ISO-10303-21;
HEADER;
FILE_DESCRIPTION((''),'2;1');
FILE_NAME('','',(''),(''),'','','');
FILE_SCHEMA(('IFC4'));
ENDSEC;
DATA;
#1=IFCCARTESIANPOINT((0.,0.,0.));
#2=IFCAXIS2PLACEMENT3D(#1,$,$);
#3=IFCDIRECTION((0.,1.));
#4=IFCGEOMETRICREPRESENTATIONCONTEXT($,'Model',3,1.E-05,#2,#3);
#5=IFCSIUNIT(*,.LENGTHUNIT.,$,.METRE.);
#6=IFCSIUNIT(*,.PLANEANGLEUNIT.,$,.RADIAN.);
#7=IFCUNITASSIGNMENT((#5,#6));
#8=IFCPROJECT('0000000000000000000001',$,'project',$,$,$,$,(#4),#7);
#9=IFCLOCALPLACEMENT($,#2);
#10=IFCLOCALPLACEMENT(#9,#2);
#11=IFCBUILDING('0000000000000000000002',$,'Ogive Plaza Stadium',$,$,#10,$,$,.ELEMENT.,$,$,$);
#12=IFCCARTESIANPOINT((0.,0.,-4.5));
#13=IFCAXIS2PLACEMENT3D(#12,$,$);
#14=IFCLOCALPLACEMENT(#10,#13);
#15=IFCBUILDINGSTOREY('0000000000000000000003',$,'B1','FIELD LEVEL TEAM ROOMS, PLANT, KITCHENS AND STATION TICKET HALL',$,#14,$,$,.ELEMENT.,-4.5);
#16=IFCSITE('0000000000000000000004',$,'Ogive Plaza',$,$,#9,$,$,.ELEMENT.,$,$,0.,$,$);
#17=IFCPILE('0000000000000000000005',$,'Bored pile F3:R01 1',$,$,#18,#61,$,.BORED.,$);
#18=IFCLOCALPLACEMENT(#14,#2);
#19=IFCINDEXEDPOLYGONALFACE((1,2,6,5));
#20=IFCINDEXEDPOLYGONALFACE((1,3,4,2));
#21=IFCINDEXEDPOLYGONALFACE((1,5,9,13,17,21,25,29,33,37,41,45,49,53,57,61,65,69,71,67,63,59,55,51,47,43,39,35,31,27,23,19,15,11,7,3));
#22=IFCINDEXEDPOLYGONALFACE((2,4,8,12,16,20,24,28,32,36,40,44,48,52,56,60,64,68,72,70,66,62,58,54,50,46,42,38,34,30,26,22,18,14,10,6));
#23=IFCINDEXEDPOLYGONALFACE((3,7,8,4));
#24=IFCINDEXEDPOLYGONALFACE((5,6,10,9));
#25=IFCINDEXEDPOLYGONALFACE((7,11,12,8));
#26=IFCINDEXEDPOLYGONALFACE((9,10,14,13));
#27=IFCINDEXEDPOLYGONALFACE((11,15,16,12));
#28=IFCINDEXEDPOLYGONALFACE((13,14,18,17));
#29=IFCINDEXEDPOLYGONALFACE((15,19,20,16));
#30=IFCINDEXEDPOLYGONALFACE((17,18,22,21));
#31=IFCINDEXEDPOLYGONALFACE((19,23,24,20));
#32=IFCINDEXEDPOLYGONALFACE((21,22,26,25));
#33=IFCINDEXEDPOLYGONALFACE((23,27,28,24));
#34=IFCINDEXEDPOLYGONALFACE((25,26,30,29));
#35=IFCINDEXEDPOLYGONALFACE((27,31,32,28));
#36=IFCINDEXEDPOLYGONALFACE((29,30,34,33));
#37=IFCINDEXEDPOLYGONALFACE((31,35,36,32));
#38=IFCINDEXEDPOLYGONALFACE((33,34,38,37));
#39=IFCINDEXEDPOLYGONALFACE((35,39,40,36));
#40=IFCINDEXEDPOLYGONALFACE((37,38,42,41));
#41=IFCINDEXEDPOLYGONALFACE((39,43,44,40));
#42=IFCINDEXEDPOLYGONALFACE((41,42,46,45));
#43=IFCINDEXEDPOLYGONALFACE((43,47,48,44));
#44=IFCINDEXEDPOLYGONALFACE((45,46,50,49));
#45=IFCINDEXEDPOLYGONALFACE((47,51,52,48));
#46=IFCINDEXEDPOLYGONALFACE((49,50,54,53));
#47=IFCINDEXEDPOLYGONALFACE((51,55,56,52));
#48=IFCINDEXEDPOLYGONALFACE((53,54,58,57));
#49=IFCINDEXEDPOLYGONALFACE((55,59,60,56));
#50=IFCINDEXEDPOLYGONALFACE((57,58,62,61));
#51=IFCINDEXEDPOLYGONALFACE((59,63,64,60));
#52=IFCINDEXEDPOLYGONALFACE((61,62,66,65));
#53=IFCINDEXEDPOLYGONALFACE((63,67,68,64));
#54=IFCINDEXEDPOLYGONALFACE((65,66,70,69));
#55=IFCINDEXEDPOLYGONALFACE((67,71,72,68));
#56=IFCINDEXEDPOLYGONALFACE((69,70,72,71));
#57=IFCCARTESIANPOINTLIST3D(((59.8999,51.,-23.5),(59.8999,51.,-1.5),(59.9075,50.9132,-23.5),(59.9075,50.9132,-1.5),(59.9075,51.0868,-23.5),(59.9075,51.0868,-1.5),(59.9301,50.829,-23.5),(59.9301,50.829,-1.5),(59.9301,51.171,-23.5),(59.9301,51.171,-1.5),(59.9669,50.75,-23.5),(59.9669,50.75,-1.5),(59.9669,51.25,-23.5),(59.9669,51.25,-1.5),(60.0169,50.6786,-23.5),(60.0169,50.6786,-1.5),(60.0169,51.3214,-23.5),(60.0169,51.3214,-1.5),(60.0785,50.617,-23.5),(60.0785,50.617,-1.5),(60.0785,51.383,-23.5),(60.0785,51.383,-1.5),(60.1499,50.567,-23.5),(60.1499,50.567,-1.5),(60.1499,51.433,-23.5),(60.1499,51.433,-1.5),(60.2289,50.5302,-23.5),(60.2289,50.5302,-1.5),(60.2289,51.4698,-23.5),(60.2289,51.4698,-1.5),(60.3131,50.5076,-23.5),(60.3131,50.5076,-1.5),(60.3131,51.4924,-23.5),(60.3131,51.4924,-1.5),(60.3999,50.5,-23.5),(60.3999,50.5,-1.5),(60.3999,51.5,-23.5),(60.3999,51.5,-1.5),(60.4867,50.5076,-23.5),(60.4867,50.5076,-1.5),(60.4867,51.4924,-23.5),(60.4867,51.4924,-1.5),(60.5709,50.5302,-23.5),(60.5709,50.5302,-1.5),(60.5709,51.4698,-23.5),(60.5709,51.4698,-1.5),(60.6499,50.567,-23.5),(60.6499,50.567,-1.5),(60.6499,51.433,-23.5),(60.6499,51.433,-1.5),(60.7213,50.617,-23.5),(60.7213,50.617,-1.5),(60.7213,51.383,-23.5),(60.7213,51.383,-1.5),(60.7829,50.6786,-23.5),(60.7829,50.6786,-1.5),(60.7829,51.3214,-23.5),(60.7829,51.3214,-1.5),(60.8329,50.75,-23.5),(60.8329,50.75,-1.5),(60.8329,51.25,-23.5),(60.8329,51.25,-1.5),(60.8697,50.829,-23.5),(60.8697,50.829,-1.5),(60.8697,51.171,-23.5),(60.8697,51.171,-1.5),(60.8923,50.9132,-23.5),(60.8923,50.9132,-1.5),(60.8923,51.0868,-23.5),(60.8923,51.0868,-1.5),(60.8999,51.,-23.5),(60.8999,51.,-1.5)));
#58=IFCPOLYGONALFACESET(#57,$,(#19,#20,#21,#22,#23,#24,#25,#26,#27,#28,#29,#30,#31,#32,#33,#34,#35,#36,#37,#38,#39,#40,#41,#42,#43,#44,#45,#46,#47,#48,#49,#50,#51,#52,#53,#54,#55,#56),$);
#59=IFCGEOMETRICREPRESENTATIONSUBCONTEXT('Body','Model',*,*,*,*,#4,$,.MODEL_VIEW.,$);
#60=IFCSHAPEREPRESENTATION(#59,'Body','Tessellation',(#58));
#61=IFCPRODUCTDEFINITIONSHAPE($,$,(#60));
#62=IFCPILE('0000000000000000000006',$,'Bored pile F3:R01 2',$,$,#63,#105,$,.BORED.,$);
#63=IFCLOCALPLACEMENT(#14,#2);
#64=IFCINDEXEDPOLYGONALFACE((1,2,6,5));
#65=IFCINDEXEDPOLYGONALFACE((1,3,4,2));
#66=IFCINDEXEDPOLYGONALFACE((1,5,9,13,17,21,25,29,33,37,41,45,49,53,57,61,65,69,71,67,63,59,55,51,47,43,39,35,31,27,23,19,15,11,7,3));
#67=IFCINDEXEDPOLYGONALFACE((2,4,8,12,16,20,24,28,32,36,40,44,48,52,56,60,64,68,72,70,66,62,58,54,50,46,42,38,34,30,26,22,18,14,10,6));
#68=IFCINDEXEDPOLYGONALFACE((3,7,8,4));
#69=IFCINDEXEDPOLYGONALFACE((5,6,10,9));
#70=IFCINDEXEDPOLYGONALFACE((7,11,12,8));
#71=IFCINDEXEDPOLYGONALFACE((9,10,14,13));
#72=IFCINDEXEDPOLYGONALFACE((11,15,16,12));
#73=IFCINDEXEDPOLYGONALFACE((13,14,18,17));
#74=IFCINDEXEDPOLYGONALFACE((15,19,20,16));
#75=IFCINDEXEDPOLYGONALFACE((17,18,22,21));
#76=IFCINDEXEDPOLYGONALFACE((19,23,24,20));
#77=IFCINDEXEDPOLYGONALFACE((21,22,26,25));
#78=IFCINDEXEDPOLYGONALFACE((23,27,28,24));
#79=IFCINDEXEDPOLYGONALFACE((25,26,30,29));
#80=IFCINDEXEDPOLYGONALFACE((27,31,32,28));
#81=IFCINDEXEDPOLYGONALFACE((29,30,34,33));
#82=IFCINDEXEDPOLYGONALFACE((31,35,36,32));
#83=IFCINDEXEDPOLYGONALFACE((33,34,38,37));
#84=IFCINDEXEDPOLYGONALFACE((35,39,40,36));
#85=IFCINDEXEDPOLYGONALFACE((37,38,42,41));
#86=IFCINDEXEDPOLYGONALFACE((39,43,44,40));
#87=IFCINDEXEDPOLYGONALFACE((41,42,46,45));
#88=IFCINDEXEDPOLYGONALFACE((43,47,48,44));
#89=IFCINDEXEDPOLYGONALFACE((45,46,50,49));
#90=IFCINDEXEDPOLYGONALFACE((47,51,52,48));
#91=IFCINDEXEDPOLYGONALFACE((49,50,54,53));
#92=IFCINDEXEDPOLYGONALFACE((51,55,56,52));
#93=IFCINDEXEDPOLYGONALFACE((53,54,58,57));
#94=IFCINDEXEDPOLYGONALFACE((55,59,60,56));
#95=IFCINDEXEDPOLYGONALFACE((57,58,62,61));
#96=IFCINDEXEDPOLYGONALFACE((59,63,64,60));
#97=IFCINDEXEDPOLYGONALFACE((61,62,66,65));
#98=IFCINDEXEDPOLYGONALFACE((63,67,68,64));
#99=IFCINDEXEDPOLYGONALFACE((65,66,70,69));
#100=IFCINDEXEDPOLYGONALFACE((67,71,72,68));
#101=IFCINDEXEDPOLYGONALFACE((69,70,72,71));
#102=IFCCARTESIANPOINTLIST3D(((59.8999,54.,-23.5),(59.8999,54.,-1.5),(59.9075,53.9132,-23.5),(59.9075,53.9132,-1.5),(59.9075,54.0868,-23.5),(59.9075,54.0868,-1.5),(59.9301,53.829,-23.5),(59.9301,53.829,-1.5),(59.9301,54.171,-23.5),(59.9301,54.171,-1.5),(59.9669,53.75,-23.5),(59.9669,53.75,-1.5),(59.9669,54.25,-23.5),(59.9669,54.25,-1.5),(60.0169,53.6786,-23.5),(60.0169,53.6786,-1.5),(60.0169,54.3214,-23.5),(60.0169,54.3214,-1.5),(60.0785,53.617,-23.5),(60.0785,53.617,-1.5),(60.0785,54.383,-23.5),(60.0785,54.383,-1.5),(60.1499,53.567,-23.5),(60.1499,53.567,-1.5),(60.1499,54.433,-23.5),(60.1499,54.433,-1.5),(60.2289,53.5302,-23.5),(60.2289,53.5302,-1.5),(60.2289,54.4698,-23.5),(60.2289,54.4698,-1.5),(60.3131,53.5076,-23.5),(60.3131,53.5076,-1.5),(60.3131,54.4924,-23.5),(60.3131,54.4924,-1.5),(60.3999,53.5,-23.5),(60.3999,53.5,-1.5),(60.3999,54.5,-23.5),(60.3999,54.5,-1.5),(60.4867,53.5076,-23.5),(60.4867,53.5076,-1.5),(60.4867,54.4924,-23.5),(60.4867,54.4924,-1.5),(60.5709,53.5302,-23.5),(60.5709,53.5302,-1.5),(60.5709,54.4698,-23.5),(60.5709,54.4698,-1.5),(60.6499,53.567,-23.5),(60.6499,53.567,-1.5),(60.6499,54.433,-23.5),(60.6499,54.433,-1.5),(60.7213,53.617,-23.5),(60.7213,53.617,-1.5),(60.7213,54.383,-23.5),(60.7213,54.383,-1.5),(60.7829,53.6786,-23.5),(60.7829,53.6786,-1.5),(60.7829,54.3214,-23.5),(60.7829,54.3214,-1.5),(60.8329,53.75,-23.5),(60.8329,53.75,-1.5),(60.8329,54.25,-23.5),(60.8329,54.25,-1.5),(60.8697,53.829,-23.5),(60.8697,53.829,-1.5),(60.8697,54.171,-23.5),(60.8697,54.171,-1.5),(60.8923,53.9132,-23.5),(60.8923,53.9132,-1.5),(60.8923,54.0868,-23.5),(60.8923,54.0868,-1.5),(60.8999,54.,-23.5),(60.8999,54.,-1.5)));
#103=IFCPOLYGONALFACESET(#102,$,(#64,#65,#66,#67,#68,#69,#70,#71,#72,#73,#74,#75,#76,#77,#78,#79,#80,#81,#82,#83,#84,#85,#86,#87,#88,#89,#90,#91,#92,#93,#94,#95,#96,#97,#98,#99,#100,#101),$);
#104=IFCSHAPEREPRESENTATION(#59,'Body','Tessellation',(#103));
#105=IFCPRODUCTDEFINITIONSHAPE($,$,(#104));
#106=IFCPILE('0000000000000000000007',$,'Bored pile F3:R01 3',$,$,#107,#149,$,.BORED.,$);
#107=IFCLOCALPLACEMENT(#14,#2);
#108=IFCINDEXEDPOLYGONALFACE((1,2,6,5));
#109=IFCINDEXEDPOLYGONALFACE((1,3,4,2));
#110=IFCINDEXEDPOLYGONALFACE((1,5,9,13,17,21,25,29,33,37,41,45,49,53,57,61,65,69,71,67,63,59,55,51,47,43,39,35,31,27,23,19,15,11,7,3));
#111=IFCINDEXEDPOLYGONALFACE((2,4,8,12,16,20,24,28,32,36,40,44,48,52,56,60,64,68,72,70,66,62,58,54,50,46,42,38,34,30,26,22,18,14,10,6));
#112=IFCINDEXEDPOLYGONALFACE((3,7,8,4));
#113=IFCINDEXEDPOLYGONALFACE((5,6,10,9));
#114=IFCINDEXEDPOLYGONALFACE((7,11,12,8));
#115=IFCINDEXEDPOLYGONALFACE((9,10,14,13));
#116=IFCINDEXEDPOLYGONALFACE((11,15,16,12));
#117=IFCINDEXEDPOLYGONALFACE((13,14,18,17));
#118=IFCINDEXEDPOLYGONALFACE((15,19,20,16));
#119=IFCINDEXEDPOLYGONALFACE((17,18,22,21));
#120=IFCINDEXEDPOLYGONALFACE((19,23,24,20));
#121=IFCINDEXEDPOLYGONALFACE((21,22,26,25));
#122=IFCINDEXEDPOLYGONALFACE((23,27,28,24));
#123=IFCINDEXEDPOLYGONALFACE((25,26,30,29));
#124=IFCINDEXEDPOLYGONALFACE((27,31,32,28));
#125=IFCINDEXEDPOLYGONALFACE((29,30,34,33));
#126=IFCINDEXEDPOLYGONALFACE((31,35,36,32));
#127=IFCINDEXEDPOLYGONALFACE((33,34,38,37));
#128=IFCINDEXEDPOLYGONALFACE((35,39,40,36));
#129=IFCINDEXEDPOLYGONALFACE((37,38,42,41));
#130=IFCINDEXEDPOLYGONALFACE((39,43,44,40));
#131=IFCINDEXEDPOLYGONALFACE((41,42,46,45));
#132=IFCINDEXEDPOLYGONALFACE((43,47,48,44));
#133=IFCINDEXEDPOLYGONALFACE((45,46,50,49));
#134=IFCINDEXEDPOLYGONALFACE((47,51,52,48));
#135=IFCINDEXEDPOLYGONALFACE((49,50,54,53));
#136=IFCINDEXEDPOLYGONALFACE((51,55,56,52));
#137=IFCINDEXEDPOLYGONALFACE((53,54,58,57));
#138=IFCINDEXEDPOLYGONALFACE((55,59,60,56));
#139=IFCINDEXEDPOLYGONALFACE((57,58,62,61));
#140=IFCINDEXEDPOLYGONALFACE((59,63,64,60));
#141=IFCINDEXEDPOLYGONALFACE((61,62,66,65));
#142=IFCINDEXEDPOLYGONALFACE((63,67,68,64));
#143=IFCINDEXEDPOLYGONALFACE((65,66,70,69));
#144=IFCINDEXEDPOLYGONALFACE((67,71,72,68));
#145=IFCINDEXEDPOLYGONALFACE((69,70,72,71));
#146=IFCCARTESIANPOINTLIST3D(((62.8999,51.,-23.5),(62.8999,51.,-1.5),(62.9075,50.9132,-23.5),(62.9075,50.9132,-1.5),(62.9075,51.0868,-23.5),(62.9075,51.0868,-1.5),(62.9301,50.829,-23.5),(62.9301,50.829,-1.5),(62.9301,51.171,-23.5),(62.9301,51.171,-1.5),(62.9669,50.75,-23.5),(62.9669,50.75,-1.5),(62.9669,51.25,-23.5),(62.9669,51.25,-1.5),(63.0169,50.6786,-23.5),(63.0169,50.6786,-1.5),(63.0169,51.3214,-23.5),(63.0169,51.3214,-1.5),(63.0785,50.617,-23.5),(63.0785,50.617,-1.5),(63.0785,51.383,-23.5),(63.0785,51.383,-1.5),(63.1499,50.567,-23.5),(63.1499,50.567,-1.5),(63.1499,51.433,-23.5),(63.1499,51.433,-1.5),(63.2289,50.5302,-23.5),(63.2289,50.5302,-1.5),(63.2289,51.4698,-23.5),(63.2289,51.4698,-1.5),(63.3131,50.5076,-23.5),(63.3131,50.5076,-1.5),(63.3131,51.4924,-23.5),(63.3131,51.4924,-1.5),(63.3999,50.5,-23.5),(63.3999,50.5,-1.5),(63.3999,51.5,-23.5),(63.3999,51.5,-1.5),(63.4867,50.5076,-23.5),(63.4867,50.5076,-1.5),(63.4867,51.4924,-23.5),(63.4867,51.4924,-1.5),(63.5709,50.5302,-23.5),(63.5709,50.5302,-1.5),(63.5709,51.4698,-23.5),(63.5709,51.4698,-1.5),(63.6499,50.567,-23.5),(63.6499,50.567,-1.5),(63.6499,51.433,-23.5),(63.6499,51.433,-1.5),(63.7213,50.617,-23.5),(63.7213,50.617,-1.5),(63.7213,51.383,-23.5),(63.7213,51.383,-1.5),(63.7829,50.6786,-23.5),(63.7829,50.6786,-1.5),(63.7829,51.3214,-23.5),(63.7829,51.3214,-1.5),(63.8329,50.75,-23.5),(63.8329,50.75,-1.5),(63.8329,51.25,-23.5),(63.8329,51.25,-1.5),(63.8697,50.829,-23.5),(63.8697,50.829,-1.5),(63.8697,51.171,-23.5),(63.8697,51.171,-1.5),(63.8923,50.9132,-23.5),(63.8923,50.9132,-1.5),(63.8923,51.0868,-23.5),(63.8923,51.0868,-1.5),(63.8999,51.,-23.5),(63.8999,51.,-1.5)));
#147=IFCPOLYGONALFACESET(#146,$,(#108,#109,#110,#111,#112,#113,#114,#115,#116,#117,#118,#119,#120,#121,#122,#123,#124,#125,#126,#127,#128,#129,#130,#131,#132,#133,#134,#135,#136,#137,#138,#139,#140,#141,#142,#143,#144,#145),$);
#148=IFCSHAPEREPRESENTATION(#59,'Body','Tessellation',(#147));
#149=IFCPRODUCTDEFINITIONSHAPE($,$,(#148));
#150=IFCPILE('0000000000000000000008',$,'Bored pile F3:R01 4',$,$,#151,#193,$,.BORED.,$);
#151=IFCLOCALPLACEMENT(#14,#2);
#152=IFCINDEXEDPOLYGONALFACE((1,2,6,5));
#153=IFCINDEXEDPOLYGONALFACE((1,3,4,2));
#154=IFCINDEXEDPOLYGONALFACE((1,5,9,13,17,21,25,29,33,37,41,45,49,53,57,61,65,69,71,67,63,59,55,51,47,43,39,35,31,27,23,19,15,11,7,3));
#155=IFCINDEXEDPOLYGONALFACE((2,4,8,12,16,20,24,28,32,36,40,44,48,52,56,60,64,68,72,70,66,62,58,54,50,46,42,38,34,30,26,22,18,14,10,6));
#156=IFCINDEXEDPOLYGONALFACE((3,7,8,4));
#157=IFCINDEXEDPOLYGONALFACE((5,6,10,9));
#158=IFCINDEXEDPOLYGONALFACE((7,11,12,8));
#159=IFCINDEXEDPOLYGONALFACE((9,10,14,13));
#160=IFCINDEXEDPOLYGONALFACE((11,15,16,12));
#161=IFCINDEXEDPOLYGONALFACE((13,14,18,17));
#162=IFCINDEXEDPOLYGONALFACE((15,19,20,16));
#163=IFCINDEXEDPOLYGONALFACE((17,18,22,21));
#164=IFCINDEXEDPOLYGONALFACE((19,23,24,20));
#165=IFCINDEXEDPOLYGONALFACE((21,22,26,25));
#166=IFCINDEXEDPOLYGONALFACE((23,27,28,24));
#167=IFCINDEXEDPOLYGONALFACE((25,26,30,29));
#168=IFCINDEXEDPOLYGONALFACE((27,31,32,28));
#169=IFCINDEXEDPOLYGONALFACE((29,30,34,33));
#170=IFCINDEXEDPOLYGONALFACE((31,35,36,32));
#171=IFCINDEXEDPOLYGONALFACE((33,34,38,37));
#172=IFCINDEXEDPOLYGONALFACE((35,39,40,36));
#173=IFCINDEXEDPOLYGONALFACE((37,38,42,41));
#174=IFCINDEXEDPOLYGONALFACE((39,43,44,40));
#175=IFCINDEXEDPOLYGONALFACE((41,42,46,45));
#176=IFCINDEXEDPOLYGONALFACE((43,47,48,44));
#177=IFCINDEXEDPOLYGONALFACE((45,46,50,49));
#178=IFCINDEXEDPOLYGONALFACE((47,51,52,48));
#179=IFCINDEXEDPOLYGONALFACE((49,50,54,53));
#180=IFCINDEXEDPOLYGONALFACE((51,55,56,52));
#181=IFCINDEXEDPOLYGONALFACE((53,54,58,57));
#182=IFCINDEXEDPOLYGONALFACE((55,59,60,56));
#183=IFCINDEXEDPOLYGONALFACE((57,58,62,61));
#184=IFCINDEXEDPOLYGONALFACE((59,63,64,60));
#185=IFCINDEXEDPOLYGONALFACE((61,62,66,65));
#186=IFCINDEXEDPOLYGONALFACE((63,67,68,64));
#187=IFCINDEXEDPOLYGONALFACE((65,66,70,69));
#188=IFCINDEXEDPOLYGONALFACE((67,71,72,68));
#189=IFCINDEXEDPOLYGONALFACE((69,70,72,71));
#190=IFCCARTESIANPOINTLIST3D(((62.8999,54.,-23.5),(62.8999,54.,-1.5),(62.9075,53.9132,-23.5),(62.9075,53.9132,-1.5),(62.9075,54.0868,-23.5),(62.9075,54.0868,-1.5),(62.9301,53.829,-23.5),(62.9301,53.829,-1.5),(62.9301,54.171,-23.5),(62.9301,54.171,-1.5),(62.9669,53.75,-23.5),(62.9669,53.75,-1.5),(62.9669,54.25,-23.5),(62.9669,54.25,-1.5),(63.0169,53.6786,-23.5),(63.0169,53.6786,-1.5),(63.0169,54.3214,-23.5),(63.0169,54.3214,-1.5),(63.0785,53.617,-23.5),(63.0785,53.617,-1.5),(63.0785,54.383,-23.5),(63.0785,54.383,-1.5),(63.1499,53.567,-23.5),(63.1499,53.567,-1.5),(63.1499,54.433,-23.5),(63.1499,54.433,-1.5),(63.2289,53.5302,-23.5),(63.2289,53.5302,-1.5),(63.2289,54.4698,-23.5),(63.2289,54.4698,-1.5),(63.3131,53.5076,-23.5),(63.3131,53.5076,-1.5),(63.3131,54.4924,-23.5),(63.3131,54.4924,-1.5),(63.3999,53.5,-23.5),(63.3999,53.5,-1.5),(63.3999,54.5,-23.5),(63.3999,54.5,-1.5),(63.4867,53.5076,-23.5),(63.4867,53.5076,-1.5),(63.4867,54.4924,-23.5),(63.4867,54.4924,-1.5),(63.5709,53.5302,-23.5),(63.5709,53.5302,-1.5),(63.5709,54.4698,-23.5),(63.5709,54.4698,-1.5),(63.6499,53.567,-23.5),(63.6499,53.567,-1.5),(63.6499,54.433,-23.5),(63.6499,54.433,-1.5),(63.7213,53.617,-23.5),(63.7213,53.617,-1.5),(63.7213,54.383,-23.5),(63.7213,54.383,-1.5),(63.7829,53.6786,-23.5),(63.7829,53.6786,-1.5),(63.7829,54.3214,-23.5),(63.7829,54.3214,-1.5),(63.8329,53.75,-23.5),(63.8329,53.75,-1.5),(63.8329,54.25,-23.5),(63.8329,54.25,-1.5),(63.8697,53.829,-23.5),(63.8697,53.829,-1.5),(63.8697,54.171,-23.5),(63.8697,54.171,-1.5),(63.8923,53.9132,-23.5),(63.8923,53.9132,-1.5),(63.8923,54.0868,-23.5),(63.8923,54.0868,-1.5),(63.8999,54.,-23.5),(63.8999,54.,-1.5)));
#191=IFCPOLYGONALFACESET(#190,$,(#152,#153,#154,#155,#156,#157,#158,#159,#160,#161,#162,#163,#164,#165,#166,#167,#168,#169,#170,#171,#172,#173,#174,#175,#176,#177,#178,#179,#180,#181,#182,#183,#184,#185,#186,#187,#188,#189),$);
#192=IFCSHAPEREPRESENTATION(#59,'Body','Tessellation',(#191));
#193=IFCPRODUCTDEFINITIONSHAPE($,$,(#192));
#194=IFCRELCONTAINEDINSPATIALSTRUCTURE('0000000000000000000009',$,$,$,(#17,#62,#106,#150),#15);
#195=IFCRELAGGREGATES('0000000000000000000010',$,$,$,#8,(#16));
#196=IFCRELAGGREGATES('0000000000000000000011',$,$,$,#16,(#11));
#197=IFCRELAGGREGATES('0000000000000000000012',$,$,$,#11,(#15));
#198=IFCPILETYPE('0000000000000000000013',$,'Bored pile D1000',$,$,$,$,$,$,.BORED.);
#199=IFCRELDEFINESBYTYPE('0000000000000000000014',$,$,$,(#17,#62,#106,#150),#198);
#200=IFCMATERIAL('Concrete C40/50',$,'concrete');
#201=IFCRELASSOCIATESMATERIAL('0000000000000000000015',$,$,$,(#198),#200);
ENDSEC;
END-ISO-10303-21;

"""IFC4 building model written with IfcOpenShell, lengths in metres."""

from ifc_helpers import new_model, si_unit, direction, frame, origin, origin_2d, place, context, subcontext, project, spatial, circle, extrude, material, material_profile, profile_set, type_object, element, save


model = new_model("IFC4")

# Units and contexts
model_context = context("Model", 3, precision=1e-05, world=origin(), true_north=direction((0.0, 1.0)))
body_context = subcontext(model_context, "Body", "Model", "MODEL_VIEW")
ifc_project = project(units=[si_unit("LENGTHUNIT", "METRE"), si_unit("PLANEANGLEUNIT", "RADIAN")], contexts=[model_context])

# Site, building, storey
site_placement = place(None, origin())
site = spatial("IfcSite", under=ifc_project, at=site_placement, Name="Ogive Plaza", CompositionType="ELEMENT", RefElevation=0.0)
building_placement = place(site_placement, origin())
building = spatial("IfcBuilding", under=site, at=building_placement, Name="Ogive Plaza Stadium", CompositionType="ELEMENT")
storey_placement = place(building_placement, frame((0.0, 0.0, -4.5)))
storey = spatial("IfcBuildingStorey", under=building, at=storey_placement, Name="B1", Description="FIELD LEVEL TEAM ROOMS, PLANT, KITCHENS AND STATION TICKET HALL", CompositionType="ELEMENT", Elevation=-4.5)

# Piles
ifc_material_1 = material(Name="Concrete C40/50", Category="concrete")
ifc_material_profile_1 = material_profile(ifc_material_1, circle(Radius=0.5, at=origin_2d()), Name="RC D1000")
ifc_profile_set_1 = profile_set([ifc_material_profile_1], Name="Concrete C40/50")
pile_type_1 = type_object("IfcPileType", Name="Bored pile D1000", PredefinedType="BORED", material=ifc_profile_set_1)
for number, where, z_axis, x_axis, name in (
    (1, (60.3999, 51.0, -1.5), (0.0, 0.0, -1.0), (1.0, 0.0, 0.0), "Bored pile F3:R01 1"),
    (2, (60.3999, 54.0, -1.5), (0.0, 0.0, -1.0), (1.0, 0.0, 0.0), "Bored pile F3:R01 2"),
    (3, (63.3999, 51.0, -1.5), (0.0, 0.0, -1.0), (1.0, 0.0, 0.0), "Bored pile F3:R01 3"),
    (4, (63.3999, 54.0, -1.5), (0.0, 0.0, -1.0), (1.0, 0.0, 0.0), "Bored pile F3:R01 4"),
):
    element("IfcPile", number, at=place(storey_placement, frame(where, z_axis=z_axis, x_axis=x_axis)), inside=storey, type_object=pile_type_1, Name=name, PredefinedType="BORED", context=body_context, shape_type="SweptSolid", body=[
        extrude(circle(Radius=0.5, at=origin_2d()), origin(), (0.0, 0.0, 1.0), 22.0),
    ])

save(model, "model.ifc")
